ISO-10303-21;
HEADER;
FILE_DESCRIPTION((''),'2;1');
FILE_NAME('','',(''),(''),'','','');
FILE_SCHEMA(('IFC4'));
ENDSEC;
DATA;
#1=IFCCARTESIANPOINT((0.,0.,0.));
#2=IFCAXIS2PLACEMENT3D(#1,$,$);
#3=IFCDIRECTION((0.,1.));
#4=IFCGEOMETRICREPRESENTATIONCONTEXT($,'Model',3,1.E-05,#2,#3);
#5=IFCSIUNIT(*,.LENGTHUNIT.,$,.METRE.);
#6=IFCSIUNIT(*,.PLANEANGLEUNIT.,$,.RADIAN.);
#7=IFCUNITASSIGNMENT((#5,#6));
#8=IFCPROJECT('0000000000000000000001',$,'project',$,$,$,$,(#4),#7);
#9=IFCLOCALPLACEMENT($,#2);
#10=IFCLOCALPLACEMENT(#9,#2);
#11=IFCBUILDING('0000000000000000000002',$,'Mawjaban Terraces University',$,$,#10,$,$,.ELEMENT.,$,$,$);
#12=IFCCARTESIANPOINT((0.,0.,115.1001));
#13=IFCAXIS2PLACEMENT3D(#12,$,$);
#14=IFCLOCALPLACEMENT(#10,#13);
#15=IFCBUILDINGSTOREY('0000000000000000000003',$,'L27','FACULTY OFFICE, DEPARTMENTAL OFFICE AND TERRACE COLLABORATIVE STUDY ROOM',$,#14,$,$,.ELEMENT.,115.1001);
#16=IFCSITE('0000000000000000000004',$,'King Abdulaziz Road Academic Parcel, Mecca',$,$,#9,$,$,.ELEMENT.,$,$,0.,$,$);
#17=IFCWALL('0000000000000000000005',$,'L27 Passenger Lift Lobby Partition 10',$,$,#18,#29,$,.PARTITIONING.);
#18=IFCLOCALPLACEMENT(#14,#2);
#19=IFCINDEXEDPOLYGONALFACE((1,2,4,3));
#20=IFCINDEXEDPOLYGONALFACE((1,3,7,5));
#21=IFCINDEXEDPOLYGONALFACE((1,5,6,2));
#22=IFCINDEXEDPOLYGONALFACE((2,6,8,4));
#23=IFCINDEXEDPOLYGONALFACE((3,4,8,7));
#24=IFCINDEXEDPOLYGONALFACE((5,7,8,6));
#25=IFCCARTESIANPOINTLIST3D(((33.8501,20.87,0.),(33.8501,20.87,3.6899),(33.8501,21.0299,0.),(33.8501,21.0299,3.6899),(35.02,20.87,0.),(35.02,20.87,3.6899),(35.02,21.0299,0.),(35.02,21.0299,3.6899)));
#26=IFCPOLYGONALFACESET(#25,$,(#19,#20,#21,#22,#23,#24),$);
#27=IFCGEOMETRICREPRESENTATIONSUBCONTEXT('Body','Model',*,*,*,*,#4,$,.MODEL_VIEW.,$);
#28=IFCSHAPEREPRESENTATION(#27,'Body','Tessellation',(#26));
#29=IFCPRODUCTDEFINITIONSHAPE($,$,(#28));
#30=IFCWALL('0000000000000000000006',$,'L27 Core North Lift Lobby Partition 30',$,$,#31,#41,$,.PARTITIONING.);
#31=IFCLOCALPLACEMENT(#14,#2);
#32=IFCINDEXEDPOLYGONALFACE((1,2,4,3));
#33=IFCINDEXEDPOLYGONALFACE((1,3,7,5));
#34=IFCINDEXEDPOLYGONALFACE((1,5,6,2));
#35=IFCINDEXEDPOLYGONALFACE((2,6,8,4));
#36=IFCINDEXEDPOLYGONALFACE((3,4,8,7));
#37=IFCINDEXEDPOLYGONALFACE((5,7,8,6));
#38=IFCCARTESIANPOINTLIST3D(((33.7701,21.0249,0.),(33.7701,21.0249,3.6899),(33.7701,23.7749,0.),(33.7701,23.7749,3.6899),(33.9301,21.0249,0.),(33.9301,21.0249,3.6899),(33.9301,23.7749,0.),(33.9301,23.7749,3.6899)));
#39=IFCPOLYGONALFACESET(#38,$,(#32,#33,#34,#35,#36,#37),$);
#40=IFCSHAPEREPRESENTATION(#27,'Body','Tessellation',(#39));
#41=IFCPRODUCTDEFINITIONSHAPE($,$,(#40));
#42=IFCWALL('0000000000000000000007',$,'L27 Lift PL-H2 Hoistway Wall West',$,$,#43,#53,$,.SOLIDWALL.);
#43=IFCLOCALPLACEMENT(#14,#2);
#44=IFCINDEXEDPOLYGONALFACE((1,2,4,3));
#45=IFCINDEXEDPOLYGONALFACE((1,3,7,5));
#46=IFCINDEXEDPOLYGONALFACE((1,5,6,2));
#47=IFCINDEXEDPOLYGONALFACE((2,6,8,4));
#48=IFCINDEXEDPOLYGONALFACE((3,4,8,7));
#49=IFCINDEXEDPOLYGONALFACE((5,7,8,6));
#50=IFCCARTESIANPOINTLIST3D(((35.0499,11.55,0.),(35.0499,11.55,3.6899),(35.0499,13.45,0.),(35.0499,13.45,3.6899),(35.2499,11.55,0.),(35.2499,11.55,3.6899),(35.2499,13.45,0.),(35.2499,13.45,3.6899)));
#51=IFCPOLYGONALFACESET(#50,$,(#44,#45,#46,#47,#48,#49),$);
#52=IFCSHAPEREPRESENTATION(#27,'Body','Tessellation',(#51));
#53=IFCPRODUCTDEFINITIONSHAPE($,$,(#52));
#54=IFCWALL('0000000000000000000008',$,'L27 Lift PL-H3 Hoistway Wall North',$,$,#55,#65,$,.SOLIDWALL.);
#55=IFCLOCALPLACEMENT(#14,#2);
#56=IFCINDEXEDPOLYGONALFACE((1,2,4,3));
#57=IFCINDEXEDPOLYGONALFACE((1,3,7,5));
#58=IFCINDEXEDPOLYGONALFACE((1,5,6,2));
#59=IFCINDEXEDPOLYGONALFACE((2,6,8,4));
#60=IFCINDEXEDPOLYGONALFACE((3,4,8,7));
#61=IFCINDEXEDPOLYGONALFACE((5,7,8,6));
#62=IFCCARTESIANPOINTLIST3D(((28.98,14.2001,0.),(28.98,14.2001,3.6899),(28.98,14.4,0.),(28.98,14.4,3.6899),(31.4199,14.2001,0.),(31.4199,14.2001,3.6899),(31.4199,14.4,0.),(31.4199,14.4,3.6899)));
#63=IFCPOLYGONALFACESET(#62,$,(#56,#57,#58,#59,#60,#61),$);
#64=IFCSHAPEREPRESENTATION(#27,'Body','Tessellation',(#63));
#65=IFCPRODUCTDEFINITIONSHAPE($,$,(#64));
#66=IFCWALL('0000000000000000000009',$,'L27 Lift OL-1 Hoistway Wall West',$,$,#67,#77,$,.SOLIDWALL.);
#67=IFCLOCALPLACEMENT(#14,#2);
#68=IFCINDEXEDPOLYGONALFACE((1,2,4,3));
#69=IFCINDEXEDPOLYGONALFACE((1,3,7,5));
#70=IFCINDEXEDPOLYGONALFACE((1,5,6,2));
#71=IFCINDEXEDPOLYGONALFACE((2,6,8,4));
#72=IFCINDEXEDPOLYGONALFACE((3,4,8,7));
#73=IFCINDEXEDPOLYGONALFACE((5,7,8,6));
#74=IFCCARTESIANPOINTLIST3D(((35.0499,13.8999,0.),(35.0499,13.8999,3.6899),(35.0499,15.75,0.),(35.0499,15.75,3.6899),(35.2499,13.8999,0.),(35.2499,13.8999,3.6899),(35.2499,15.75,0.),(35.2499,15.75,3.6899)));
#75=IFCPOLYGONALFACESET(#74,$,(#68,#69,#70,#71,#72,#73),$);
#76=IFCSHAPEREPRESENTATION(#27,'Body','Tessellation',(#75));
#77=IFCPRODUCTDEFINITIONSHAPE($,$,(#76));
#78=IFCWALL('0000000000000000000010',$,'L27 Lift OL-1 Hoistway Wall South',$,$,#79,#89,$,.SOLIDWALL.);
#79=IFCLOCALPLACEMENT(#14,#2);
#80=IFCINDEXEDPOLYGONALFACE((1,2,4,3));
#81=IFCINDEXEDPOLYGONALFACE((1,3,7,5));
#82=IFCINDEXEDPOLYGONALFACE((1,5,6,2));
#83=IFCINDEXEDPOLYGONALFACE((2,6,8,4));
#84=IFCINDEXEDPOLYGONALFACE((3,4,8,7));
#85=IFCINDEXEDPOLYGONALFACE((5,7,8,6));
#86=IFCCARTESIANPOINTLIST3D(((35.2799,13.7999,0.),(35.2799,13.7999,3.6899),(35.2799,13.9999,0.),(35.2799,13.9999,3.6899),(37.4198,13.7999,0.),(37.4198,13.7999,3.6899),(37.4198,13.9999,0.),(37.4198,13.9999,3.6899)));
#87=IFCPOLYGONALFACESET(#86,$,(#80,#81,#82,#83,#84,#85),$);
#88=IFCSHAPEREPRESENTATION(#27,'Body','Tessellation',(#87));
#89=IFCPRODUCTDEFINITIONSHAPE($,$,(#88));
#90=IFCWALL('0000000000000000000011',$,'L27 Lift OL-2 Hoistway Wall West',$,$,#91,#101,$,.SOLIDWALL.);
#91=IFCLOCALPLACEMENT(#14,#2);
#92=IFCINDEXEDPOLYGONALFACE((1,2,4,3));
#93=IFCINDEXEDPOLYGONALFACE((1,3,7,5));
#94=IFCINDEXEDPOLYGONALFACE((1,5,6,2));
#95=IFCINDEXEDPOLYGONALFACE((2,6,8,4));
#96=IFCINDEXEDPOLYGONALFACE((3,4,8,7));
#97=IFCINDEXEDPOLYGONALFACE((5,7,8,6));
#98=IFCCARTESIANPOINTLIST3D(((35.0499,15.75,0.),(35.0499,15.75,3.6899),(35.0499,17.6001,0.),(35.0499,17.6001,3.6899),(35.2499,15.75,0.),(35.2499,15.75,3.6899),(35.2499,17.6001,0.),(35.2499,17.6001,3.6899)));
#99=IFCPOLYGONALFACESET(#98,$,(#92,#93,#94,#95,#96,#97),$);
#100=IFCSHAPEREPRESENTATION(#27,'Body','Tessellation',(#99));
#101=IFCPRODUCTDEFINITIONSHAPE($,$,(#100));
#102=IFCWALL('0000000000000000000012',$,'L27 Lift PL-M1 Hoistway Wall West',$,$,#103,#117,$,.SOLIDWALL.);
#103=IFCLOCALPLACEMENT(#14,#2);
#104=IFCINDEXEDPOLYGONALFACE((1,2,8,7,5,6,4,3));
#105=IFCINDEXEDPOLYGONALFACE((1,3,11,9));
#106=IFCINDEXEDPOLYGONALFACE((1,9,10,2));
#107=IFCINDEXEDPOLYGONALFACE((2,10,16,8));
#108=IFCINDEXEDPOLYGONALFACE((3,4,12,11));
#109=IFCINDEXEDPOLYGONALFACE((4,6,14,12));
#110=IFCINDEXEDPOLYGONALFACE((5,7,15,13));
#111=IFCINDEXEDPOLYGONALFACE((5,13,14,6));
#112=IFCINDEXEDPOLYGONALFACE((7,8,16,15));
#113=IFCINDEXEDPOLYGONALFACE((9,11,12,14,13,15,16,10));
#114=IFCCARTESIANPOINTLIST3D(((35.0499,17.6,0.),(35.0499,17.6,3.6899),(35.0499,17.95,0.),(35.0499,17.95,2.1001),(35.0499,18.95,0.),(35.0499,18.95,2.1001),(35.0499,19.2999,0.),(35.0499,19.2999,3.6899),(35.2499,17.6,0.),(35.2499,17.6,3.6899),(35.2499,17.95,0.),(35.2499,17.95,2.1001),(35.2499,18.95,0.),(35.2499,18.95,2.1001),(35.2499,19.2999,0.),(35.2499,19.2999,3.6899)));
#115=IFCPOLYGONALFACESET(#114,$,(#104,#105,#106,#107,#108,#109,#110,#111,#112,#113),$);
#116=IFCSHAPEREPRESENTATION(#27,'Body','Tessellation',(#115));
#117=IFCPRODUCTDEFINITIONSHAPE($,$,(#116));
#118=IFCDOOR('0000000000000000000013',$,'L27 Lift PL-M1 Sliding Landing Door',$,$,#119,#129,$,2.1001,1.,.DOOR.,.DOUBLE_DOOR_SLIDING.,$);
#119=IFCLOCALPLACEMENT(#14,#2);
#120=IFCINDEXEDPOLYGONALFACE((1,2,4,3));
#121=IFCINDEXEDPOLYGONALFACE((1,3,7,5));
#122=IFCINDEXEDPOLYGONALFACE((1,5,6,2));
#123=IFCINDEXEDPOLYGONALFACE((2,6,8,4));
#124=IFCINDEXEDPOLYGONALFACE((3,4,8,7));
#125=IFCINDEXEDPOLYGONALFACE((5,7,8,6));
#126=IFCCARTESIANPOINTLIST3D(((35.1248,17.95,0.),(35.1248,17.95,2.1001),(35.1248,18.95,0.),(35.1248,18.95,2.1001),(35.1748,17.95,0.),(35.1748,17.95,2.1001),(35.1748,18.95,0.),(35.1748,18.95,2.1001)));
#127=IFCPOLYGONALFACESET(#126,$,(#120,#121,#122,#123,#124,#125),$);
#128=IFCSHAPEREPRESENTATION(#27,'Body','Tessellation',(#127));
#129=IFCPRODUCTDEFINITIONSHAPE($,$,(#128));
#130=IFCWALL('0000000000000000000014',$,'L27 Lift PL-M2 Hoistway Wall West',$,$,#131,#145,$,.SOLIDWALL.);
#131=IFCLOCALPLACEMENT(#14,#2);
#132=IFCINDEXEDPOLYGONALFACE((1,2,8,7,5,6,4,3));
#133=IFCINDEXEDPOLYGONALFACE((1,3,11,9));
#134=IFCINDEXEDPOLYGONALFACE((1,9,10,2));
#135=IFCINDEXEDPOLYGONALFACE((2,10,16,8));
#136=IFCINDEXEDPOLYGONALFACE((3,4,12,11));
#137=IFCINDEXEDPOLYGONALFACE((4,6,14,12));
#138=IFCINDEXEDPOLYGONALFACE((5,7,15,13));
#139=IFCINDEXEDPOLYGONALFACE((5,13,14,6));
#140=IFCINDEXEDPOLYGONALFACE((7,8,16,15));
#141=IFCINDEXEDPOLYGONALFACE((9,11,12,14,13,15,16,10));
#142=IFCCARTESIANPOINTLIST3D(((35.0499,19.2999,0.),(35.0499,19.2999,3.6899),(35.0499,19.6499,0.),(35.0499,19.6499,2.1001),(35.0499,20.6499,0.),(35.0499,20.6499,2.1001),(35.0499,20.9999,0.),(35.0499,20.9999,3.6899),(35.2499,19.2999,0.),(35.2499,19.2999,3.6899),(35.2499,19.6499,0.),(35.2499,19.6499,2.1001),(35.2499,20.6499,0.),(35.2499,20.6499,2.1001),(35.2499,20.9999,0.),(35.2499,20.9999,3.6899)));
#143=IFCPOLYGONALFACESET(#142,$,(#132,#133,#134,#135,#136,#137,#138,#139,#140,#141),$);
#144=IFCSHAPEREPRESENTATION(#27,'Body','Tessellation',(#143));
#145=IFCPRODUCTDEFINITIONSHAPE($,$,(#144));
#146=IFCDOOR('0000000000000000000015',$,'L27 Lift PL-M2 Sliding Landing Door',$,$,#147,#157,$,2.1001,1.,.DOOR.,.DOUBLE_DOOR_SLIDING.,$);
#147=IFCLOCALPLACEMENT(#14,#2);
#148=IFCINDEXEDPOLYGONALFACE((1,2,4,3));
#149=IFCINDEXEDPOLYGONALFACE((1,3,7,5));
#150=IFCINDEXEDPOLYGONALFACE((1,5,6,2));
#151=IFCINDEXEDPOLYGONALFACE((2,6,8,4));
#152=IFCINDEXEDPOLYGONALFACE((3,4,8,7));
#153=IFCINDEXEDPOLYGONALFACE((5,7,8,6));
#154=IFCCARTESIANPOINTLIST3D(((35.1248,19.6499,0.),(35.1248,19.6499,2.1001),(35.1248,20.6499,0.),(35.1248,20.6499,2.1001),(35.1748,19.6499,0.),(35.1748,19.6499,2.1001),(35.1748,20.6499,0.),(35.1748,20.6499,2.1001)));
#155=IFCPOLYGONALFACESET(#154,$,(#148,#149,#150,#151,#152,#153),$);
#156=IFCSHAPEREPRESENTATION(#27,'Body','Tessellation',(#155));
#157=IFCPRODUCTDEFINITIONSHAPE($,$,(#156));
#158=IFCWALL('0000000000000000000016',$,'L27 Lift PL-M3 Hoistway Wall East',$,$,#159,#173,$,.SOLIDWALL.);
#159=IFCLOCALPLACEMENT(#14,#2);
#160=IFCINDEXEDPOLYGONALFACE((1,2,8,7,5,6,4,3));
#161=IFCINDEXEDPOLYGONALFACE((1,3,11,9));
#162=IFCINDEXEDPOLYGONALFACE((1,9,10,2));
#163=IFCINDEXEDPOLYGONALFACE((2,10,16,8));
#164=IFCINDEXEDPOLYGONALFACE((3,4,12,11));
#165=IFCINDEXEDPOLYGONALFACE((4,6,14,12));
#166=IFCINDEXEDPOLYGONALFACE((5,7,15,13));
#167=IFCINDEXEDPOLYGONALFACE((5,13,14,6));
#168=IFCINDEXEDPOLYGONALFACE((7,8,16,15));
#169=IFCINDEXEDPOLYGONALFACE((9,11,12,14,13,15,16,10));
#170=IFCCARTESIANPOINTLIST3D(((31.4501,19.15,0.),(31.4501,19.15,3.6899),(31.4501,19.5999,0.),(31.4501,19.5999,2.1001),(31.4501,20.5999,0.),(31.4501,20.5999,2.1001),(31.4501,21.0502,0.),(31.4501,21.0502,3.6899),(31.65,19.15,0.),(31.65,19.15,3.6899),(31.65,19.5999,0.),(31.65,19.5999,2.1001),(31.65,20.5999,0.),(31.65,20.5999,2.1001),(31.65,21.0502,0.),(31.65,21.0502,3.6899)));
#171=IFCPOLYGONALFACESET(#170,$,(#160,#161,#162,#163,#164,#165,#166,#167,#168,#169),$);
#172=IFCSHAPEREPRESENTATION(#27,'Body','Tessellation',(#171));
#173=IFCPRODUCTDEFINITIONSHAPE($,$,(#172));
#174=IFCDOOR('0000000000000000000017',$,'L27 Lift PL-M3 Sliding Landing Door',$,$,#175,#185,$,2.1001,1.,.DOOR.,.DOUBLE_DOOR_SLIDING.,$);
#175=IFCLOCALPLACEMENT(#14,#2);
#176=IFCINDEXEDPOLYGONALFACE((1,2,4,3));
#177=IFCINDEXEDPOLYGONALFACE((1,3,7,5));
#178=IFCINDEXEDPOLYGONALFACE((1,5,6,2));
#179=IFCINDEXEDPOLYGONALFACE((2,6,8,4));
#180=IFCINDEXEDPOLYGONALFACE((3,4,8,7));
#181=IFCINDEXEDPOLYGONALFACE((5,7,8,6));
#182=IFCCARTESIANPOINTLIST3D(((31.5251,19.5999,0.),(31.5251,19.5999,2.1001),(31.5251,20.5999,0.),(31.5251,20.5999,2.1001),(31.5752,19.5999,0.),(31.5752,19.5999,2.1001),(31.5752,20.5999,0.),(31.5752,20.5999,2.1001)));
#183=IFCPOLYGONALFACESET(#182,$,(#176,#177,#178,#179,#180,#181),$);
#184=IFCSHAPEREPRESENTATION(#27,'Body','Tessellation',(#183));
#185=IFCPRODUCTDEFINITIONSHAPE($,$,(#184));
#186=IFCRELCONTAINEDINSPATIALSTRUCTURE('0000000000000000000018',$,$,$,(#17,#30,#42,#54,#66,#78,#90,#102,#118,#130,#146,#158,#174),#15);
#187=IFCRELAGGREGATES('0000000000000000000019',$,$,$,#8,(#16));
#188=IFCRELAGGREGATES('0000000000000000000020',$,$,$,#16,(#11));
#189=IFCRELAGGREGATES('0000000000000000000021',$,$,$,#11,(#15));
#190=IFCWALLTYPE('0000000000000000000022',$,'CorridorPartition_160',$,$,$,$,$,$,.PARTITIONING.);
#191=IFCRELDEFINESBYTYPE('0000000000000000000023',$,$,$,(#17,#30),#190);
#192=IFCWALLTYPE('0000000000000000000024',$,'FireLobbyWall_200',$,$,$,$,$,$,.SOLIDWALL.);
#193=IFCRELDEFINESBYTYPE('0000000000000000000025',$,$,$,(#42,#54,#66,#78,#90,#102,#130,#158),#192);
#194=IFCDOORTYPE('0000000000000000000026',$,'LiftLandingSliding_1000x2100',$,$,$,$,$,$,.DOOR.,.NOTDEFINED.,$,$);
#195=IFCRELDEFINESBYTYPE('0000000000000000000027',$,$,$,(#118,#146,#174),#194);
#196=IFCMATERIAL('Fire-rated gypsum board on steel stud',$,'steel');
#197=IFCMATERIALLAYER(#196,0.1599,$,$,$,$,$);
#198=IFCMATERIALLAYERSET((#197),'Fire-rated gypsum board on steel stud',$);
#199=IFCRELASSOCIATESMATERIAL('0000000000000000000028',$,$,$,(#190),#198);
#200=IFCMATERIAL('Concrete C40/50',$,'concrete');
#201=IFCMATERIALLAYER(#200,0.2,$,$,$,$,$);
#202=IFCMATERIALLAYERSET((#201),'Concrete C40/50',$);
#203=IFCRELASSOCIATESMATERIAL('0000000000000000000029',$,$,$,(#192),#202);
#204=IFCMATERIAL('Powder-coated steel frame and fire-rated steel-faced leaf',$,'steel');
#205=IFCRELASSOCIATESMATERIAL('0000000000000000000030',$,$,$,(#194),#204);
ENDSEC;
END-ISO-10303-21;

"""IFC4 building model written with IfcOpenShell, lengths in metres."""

from ifc_helpers import new_model, si_unit, direction, frame, frame_2d, origin, place, context, subcontext, project, spatial, rectangle, extrude, material, layer, layer_set, type_object, element, fill, save


model = new_model("IFC4")

# Units and contexts
model_context = context("Model", 3, precision=1e-05, world=origin(), true_north=direction((0.0, 1.0)))
body_context = subcontext(model_context, "Body", "Model", "MODEL_VIEW")
ifc_project = project(units=[si_unit("LENGTHUNIT", "METRE"), si_unit("PLANEANGLEUNIT", "RADIAN")], contexts=[model_context])

# Site, building, storey
site_placement = place(None, origin())
site = spatial("IfcSite", under=ifc_project, at=site_placement, Name="King Abdulaziz Road Academic Parcel, Mecca", CompositionType="ELEMENT", RefElevation=0.0)
building_placement = place(site_placement, origin())
building = spatial("IfcBuilding", under=site, at=building_placement, Name="Mawjaban Terraces University", CompositionType="ELEMENT")
storey_placement = place(building_placement, frame((0.0, 0.0, 115.1001)))
storey = spatial("IfcBuildingStorey", under=building, at=storey_placement, Name="L27", Description="FACULTY OFFICE, DEPARTMENTAL OFFICE AND TERRACE COLLABORATIVE STUDY ROOM", CompositionType="ELEMENT", Elevation=115.1001)

# Walls
ifc_material_1 = material(Name="Fire-rated gypsum board on steel stud", Category="steel")
ifc_layer_1 = layer(ifc_material_1, 0.1599)
ifc_layer_set_1 = layer_set([ifc_layer_1], Name="Fire-rated gypsum board on steel stud")
wall_type_1 = type_object("IfcWallType", Name="CorridorPartition_160", PredefinedType="PARTITIONING", material=ifc_layer_set_1)
wall_1_placement = place(storey_placement, frame((35.02, 20.95, 0.0), z_axis=(0.0, 0.0, 1.0), x_axis=(-1.0, 0.0, 0.0)))
element("IfcWall", 1, at=wall_1_placement, inside=storey, type_object=wall_type_1, Name="L27 Passenger Lift Lobby Partition 10", PredefinedType="PARTITIONING", context=body_context, shape_type="SweptSolid", body=[
    extrude(rectangle(XDim=1.1699, YDim=0.1599, at=frame_2d((0.585, 0.0))), origin(), (0.0, 0.0, 1.0), 3.6899),
])
wall_2_placement = place(storey_placement, frame((33.8501, 21.0249, 0.0), z_axis=(0.0, 0.0, 1.0), x_axis=(0.0, 1.0, 0.0)))
element("IfcWall", 2, at=wall_2_placement, inside=storey, type_object=wall_type_1, Name="L27 Core North Lift Lobby Partition 30", PredefinedType="PARTITIONING", context=body_context, shape_type="SweptSolid", body=[
    extrude(rectangle(XDim=2.75, YDim=0.1599, at=frame_2d((1.375, 0.0))), origin(), (0.0, 0.0, 1.0), 3.6899),
])
ifc_material_2 = material(Name="Concrete C40/50", Category="concrete")
ifc_layer_2 = layer(ifc_material_2, 0.2)
ifc_layer_set_2 = layer_set([ifc_layer_2], Name="Concrete C40/50")
wall_type_2 = type_object("IfcWallType", Name="FireLobbyWall_200", PredefinedType="SOLIDWALL", material=ifc_layer_set_2)
wall_3_placement = place(storey_placement, frame((35.1499, 13.45, 0.0), z_axis=(0.0, 0.0, 1.0), x_axis=(0.0, -1.0, 0.0)))
element("IfcWall", 3, at=wall_3_placement, inside=storey, type_object=wall_type_2, Name="L27 Lift PL-H2 Hoistway Wall West", PredefinedType="SOLIDWALL", context=body_context, shape_type="SweptSolid", body=[
    extrude(rectangle(XDim=1.8999, YDim=0.2, at=frame_2d((0.95, 0.0))), origin(), (0.0, 0.0, 1.0), 3.6899),
])
wall_4_placement = place(storey_placement, frame((31.4199, 14.3, 0.0), z_axis=(0.0, 0.0, 1.0), x_axis=(-1.0, 0.0, 0.0)))
element("IfcWall", 4, at=wall_4_placement, inside=storey, type_object=wall_type_2, Name="L27 Lift PL-H3 Hoistway Wall North", PredefinedType="SOLIDWALL", context=body_context, shape_type="SweptSolid", body=[
    extrude(rectangle(XDim=2.4399, YDim=0.2, at=frame_2d((1.22, 0.0))), origin(), (0.0, 0.0, 1.0), 3.6899),
])
wall_5_placement = place(storey_placement, frame((35.1499, 15.75, 0.0), z_axis=(0.0, 0.0, 1.0), x_axis=(0.0, -1.0, 0.0)))
element("IfcWall", 5, at=wall_5_placement, inside=storey, type_object=wall_type_2, Name="L27 Lift OL-1 Hoistway Wall West", PredefinedType="SOLIDWALL", context=body_context, shape_type="SweptSolid", body=[
    extrude(rectangle(XDim=1.8501, YDim=0.2, at=frame_2d((0.925, 0.0))), origin(), (0.0, 0.0, 1.0), 3.6899),
])
wall_6_placement = place(storey_placement, frame((35.28, 13.8999, 0.0), z_axis=(0.0, 0.0, 1.0), x_axis=(1.0, 0.0, 0.0)))
element("IfcWall", 6, at=wall_6_placement, inside=storey, type_object=wall_type_2, Name="L27 Lift OL-1 Hoistway Wall South", PredefinedType="SOLIDWALL", context=body_context, shape_type="SweptSolid", body=[
    extrude(rectangle(XDim=2.1399, YDim=0.2, at=frame_2d((1.0698, 0.0))), origin(), (0.0, 0.0, 1.0), 3.6899),
])
wall_7_placement = place(storey_placement, frame((35.1499, 17.6001, 0.0), z_axis=(0.0, 0.0, 1.0), x_axis=(0.0, -1.0, 0.0)))
element("IfcWall", 7, at=wall_7_placement, inside=storey, type_object=wall_type_2, Name="L27 Lift OL-2 Hoistway Wall West", PredefinedType="SOLIDWALL", context=body_context, shape_type="SweptSolid", body=[
    extrude(rectangle(XDim=1.8501, YDim=0.2, at=frame_2d((0.925, 0.0))), origin(), (0.0, 0.0, 1.0), 3.6899),
])

# Walls, openings, doors
wall_8_placement = place(storey_placement, frame((35.1499, 19.3, 0.0), z_axis=(0.0, 0.0, 1.0), x_axis=(0.0, -1.0, 0.0)))
wall_8 = element("IfcWall", 8, at=wall_8_placement, inside=storey, type_object=wall_type_2, Name="L27 Lift PL-M1 Hoistway Wall West", PredefinedType="SOLIDWALL", context=body_context, shape_type="SweptSolid", body=[
    extrude(rectangle(XDim=1.7, YDim=0.2, at=frame_2d((0.8501, 0.0))), origin(), (0.0, 0.0, 1.0), 3.6899),
])
opening_1_placement = place(wall_8_placement, frame((0.3501, 0.0, 0.0)))
opening_1 = element("IfcOpeningElement", 9, at=opening_1_placement, cuts=wall_8, PredefinedType="OPENING", context=body_context, shape_type="SweptSolid", body=[
    extrude(rectangle(XDim=1.0, YDim=2.1001, at=frame_2d((0.5, 1.05))), frame((0.0, 0.1099, 0.0), z_axis=(0.0, -1.0, 0.0), x_axis=(1.0, 0.0, 0.0)), (0.0, 0.0, 1.0), 0.22),
])
ifc_material_3 = material(Name="Powder-coated steel frame and fire-rated steel-faced leaf", Category="steel")
door_type_1 = type_object("IfcDoorType", Name="LiftLandingSliding_1000x2100", OperationType="NOTDEFINED", PredefinedType="DOOR", material=ifc_material_3)
door_1_placement = place(opening_1_placement, origin())
door_1 = element("IfcDoor", 10, at=door_1_placement, inside=storey, type_object=door_type_1, Name="L27 Lift PL-M1 Sliding Landing Door", OperationType="DOUBLE_DOOR_SLIDING", OverallHeight=2.1001, OverallWidth=1.0, PredefinedType="DOOR", context=body_context, shape_type="SweptSolid", body=[
    extrude(rectangle(XDim=1.0, YDim=2.1001, at=frame_2d((0.5, 1.05))), frame((0.0, 0.0249, 0.0), z_axis=(0.0, -1.0, 0.0), x_axis=(1.0, 0.0, 0.0)), (0.0, 0.0, 1.0), 0.05),
])
fill(opening_1, door_1)
wall_9_placement = place(storey_placement, frame((35.1499, 21.0, 0.0), z_axis=(0.0, 0.0, 1.0), x_axis=(0.0, -1.0, 0.0)))
wall_9 = element("IfcWall", 11, at=wall_9_placement, inside=storey, type_object=wall_type_2, Name="L27 Lift PL-M2 Hoistway Wall West", PredefinedType="SOLIDWALL", context=body_context, shape_type="SweptSolid", body=[
    extrude(rectangle(XDim=1.7, YDim=0.2, at=frame_2d((0.8501, 0.0))), origin(), (0.0, 0.0, 1.0), 3.6899),
])
opening_2_placement = place(wall_9_placement, frame((0.3501, 0.0, 0.0)))
opening_2 = element("IfcOpeningElement", 12, at=opening_2_placement, cuts=wall_9, PredefinedType="OPENING", context=body_context, shape_type="SweptSolid", body=[
    extrude(rectangle(XDim=1.0, YDim=2.1001, at=frame_2d((0.5, 1.05))), frame((0.0, 0.1099, 0.0), z_axis=(0.0, -1.0, 0.0), x_axis=(1.0, 0.0, 0.0)), (0.0, 0.0, 1.0), 0.22),
])
door_2_placement = place(opening_2_placement, origin())
door_2 = element("IfcDoor", 13, at=door_2_placement, inside=storey, type_object=door_type_1, Name="L27 Lift PL-M2 Sliding Landing Door", OperationType="DOUBLE_DOOR_SLIDING", OverallHeight=2.1001, OverallWidth=1.0, PredefinedType="DOOR", context=body_context, shape_type="SweptSolid", body=[
    extrude(rectangle(XDim=1.0, YDim=2.1001, at=frame_2d((0.5, 1.05))), frame((0.0, 0.0249, 0.0), z_axis=(0.0, -1.0, 0.0), x_axis=(1.0, 0.0, 0.0)), (0.0, 0.0, 1.0), 0.05),
])
fill(opening_2, door_2)
wall_10_placement = place(storey_placement, frame((31.55, 19.1499, 0.0), z_axis=(0.0, 0.0, 1.0), x_axis=(0.0, 1.0, 0.0)))
wall_10 = element("IfcWall", 14, at=wall_10_placement, inside=storey, type_object=wall_type_2, Name="L27 Lift PL-M3 Hoistway Wall East", PredefinedType="SOLIDWALL", context=body_context, shape_type="SweptSolid", body=[
    extrude(rectangle(XDim=1.9001, YDim=0.2, at=frame_2d((0.9502, 0.0))), origin(), (0.0, 0.0, 1.0), 3.6899),
])
opening_3_placement = place(wall_10_placement, frame((0.45, 0.0, 0.0)))
opening_3 = element("IfcOpeningElement", 15, at=opening_3_placement, cuts=wall_10, PredefinedType="OPENING", context=body_context, shape_type="SweptSolid", body=[
    extrude(rectangle(XDim=1.0, YDim=2.1001, at=frame_2d((0.5, 1.05))), frame((0.0, 0.1099, 0.0), z_axis=(0.0, -1.0, 0.0), x_axis=(1.0, 0.0, 0.0)), (0.0, 0.0, 1.0), 0.22),
])
door_3_placement = place(opening_3_placement, origin())
door_3 = element("IfcDoor", 16, at=door_3_placement, inside=storey, type_object=door_type_1, Name="L27 Lift PL-M3 Sliding Landing Door", OperationType="DOUBLE_DOOR_SLIDING", OverallHeight=2.1001, OverallWidth=1.0, PredefinedType="DOOR", context=body_context, shape_type="SweptSolid", body=[
    extrude(rectangle(XDim=1.0, YDim=2.1001, at=frame_2d((0.5, 1.05))), frame((0.0, 0.0249, 0.0), z_axis=(0.0, -1.0, 0.0), x_axis=(1.0, 0.0, 0.0)), (0.0, 0.0, 1.0), 0.05),
])
fill(opening_3, door_3)

save(model, "model.ifc")
